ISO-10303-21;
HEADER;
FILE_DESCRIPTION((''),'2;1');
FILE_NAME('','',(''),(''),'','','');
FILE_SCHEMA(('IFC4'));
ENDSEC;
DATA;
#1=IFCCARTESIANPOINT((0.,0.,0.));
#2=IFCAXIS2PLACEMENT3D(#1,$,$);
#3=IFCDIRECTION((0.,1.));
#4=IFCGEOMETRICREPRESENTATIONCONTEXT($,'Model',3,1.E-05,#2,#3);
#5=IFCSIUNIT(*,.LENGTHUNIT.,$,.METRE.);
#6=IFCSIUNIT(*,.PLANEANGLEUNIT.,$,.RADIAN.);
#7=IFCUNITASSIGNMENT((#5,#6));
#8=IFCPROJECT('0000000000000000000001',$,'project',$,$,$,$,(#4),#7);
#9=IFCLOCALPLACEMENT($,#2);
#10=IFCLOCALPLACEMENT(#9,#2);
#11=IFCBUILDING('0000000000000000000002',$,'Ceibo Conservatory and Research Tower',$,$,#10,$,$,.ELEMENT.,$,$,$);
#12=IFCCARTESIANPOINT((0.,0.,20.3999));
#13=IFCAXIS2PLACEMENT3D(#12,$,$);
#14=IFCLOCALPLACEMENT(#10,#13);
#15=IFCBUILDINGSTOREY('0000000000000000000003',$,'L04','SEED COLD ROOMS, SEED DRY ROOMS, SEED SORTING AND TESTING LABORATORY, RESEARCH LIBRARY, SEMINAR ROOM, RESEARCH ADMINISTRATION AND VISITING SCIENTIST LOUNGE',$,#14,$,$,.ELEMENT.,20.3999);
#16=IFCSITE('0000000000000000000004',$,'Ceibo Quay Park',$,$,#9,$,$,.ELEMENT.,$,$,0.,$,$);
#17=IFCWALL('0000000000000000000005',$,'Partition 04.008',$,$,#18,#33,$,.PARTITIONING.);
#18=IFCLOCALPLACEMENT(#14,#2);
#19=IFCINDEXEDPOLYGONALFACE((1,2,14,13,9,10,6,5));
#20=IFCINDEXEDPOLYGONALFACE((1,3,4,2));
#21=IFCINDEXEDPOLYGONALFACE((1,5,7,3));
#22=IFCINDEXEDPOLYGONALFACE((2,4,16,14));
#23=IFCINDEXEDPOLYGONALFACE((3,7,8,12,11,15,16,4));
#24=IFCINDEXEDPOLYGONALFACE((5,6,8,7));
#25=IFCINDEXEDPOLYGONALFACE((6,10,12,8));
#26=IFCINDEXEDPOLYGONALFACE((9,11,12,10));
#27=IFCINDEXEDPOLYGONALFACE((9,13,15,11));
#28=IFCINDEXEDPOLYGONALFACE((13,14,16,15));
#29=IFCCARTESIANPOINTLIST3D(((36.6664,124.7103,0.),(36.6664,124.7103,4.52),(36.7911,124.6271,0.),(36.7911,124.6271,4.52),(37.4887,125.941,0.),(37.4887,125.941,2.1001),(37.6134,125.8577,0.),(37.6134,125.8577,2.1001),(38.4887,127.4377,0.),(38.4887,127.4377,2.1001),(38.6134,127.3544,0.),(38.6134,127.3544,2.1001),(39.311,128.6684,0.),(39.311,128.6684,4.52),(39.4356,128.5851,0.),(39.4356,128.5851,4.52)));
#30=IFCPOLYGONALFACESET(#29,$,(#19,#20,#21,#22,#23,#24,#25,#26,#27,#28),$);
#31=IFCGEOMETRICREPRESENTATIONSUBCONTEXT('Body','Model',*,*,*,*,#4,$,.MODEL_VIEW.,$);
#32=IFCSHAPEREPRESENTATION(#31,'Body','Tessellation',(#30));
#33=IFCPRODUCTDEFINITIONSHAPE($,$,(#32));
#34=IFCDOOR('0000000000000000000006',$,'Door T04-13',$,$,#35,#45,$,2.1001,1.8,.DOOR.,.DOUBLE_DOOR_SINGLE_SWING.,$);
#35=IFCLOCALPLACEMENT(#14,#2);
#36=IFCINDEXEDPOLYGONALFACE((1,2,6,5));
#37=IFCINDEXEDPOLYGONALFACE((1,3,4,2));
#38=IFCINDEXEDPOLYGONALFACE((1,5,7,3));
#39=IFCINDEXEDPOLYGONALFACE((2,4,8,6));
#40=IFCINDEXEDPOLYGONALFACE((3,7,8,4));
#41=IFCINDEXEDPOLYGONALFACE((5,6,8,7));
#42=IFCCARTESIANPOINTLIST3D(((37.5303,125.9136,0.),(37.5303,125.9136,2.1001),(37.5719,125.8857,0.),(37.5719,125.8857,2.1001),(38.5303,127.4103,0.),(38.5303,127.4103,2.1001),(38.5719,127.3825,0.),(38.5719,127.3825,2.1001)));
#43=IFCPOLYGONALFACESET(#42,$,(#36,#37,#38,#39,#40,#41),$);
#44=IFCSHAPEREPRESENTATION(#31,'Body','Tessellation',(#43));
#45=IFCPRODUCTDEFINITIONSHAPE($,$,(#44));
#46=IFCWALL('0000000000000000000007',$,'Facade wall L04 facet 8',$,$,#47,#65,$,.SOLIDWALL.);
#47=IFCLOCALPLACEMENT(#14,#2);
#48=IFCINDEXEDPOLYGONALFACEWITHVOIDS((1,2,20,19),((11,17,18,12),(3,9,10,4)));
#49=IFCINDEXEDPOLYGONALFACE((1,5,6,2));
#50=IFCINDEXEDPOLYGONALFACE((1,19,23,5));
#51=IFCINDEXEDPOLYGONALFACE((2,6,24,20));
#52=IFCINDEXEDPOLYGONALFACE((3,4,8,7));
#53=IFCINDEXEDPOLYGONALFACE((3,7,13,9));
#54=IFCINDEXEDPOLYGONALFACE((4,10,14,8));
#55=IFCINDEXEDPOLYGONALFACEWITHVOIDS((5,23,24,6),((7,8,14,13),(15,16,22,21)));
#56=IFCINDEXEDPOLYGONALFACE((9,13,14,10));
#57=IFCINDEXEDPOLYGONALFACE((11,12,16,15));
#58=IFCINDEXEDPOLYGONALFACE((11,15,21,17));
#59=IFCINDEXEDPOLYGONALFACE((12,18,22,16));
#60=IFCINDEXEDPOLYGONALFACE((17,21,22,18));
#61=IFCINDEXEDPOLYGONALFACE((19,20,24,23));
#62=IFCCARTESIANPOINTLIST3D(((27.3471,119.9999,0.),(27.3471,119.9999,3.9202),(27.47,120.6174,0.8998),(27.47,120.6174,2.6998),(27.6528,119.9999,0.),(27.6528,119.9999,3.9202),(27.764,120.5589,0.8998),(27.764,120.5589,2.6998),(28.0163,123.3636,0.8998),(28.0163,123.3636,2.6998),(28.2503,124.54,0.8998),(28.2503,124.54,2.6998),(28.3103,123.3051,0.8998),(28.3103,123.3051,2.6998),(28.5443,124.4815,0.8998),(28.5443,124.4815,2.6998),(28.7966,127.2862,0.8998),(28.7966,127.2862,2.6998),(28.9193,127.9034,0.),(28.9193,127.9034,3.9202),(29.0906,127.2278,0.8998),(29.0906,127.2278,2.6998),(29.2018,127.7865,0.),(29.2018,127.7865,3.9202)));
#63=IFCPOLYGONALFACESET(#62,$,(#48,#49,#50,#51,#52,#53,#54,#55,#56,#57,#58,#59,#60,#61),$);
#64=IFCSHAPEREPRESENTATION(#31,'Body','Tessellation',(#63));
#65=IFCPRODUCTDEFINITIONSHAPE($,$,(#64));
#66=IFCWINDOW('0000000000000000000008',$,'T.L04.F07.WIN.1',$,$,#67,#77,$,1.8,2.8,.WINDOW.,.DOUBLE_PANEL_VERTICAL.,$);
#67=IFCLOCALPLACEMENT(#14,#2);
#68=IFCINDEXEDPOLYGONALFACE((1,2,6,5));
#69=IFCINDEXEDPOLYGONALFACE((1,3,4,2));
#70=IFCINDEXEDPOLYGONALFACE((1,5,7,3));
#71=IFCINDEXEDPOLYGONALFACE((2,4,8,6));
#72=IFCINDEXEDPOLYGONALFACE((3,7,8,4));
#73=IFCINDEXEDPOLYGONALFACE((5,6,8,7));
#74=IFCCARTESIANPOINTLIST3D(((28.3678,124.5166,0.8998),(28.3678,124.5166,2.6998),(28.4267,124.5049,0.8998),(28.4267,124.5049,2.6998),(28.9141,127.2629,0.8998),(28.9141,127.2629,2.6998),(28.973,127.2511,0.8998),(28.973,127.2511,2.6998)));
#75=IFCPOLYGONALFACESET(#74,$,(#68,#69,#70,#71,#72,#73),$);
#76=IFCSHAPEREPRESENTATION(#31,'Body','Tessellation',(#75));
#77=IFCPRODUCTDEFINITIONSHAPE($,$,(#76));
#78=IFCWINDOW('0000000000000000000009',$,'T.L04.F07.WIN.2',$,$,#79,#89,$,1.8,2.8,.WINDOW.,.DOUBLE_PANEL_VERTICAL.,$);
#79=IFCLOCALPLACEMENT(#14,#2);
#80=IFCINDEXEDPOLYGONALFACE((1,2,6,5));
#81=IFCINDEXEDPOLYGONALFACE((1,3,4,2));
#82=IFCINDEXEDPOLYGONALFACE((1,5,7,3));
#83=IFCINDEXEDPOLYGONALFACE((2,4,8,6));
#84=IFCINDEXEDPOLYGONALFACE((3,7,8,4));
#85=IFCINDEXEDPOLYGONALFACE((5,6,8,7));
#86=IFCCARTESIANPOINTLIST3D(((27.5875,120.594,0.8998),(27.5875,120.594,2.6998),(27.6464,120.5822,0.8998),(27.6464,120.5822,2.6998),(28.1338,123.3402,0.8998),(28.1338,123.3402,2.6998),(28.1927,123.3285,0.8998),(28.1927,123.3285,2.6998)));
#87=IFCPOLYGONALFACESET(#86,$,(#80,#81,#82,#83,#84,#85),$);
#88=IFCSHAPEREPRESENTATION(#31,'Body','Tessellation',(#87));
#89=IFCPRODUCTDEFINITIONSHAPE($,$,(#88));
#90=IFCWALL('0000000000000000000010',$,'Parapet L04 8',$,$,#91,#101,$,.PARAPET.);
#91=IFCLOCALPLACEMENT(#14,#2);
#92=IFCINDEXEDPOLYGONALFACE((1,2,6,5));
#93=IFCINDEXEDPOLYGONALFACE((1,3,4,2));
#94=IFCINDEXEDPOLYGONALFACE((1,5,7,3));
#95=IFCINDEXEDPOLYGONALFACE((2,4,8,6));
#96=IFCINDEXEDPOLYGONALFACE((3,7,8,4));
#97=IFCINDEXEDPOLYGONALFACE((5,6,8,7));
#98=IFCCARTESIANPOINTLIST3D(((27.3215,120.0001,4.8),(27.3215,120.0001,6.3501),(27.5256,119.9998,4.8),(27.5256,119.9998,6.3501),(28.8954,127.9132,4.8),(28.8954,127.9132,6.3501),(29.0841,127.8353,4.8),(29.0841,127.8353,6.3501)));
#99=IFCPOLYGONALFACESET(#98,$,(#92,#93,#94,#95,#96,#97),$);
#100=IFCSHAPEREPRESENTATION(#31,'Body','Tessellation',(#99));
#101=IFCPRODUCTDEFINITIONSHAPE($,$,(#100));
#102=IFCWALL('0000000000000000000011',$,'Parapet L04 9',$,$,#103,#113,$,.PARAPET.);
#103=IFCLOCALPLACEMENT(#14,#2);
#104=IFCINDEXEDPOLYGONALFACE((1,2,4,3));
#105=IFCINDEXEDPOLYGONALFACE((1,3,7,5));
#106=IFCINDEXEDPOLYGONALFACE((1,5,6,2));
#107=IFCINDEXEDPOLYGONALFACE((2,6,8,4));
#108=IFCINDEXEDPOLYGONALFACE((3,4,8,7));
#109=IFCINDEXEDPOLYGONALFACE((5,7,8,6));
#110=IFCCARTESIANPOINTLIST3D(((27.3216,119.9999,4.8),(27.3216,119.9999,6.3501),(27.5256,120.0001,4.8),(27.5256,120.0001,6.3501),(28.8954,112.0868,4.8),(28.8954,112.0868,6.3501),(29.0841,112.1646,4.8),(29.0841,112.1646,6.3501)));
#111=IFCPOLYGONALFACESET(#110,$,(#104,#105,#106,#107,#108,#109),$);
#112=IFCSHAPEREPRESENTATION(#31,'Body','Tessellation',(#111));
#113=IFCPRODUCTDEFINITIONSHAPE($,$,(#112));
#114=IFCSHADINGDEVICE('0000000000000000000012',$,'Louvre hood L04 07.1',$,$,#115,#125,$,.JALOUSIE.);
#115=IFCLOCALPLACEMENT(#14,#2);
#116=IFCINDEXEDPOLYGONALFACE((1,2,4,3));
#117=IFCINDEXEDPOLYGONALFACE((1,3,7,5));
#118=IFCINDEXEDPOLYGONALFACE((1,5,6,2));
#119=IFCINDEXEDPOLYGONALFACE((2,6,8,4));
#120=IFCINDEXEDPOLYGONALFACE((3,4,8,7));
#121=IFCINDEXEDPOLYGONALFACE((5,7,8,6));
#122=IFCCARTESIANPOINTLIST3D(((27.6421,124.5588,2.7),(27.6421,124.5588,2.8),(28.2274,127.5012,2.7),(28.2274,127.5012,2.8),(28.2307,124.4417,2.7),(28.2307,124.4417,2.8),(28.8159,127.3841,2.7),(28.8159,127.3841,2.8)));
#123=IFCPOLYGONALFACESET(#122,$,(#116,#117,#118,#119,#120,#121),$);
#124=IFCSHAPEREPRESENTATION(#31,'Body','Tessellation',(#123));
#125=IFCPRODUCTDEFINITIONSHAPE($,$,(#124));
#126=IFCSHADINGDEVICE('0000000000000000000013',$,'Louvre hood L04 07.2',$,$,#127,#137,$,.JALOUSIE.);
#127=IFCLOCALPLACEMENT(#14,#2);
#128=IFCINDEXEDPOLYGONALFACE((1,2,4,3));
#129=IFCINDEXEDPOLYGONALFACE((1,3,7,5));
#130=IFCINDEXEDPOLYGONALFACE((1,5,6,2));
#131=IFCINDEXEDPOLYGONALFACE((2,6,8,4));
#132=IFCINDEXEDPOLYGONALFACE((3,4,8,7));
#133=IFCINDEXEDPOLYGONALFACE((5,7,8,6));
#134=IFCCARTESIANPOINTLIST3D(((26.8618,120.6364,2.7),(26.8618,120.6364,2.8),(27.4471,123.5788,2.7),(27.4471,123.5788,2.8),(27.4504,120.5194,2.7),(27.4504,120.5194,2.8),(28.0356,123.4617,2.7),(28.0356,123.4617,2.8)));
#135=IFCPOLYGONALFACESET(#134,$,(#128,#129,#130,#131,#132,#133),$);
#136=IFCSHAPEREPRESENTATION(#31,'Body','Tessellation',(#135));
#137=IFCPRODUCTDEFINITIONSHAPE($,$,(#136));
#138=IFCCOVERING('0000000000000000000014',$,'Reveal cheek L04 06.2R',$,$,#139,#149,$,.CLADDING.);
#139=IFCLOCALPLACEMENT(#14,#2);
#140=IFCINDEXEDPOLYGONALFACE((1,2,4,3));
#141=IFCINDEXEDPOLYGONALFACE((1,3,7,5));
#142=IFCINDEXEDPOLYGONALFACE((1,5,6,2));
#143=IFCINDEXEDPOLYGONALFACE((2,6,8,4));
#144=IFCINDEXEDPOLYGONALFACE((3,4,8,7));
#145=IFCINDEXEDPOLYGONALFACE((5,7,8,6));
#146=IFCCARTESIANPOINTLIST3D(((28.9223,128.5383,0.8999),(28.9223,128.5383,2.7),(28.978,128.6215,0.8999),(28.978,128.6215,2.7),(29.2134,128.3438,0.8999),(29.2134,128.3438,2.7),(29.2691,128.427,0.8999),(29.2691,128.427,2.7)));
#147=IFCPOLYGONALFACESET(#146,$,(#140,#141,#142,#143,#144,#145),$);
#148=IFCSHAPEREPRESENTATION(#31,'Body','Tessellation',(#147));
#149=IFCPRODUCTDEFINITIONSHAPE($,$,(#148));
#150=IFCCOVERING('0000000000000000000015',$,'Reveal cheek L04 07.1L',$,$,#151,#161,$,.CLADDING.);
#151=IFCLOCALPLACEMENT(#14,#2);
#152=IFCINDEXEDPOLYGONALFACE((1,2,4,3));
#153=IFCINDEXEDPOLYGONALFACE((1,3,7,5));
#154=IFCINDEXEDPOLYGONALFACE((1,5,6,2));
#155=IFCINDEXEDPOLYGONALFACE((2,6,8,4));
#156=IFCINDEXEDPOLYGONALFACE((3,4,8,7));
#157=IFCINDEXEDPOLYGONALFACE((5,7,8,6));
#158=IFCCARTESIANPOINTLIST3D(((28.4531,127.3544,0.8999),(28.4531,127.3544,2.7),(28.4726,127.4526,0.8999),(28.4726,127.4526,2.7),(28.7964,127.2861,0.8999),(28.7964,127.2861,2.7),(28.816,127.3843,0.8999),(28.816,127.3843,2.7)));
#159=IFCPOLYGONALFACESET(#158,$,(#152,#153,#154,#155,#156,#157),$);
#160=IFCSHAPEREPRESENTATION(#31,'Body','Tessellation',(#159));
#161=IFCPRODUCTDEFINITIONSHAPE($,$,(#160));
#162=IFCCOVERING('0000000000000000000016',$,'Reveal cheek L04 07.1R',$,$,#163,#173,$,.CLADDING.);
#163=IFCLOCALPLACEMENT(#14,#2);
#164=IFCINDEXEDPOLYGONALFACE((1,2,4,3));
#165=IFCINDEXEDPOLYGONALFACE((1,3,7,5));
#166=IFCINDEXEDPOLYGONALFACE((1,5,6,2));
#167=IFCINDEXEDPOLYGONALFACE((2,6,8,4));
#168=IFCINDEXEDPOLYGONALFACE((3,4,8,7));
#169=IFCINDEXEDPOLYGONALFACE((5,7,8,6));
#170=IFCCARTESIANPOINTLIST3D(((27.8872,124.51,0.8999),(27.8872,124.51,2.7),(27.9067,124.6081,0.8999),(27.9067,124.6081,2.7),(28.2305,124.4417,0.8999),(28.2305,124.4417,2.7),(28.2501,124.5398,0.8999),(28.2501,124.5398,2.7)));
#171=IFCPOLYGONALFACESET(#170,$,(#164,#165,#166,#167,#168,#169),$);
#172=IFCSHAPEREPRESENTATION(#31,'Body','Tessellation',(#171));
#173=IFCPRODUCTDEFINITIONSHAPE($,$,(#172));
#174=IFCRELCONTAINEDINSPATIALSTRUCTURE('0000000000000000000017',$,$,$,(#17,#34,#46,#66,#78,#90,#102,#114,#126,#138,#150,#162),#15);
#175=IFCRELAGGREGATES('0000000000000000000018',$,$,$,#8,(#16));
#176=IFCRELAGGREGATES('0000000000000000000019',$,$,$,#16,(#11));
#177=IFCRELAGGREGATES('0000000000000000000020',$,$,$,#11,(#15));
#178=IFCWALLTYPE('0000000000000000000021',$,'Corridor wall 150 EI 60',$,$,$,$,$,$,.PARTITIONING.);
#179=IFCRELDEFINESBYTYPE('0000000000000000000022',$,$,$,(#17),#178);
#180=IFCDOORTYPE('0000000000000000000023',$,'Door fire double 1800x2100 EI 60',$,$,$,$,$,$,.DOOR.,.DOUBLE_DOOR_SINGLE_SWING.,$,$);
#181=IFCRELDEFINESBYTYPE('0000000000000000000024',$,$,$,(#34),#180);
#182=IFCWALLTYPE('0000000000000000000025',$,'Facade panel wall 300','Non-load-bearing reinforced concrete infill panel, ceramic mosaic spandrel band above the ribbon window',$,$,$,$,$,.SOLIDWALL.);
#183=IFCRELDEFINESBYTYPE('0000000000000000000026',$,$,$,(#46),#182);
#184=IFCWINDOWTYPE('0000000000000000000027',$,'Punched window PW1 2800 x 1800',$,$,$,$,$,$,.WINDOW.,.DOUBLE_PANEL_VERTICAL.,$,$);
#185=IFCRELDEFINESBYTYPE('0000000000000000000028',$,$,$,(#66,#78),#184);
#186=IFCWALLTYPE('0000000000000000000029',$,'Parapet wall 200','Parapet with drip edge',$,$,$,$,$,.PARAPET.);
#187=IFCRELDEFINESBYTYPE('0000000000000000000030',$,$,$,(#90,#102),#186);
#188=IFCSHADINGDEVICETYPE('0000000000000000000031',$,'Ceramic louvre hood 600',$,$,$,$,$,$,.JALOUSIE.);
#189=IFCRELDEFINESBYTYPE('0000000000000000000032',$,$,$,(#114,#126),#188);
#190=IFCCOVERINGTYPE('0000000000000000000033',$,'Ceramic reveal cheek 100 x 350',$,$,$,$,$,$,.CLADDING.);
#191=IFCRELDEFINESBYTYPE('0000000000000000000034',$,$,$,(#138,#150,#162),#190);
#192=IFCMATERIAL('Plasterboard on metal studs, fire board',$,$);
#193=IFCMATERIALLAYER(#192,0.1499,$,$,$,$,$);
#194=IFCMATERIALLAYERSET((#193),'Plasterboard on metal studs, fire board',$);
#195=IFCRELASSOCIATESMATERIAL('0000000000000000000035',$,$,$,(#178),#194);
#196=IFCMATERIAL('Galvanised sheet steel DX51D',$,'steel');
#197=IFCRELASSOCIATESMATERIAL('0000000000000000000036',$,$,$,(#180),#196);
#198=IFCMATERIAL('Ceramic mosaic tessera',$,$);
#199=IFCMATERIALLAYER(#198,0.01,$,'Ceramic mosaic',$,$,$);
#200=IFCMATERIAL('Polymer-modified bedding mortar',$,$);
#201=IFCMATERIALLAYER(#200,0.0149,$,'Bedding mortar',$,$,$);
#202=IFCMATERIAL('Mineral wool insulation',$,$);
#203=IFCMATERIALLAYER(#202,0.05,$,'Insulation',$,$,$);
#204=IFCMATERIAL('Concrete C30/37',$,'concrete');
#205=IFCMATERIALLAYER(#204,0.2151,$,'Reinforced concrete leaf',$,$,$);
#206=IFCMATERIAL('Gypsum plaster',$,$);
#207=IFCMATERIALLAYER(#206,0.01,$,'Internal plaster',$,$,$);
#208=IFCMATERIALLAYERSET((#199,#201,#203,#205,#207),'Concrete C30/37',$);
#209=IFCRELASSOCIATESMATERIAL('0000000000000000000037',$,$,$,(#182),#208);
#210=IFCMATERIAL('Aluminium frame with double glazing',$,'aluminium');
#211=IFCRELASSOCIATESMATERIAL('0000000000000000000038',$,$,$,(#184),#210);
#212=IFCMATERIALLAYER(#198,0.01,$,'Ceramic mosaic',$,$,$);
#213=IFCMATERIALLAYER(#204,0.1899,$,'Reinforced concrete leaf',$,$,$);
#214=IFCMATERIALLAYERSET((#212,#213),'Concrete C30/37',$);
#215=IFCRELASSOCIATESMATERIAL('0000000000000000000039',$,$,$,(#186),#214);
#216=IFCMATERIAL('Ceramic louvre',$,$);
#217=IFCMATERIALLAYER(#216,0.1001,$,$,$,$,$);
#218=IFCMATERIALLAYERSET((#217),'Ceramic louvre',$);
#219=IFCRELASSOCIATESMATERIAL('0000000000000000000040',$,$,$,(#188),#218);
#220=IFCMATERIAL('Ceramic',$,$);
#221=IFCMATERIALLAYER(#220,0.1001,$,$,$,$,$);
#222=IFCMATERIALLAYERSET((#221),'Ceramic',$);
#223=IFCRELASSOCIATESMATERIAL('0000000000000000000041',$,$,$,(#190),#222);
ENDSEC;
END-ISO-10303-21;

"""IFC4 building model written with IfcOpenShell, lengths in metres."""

from ifc_helpers import new_model, si_unit, direction, frame, frame_2d, origin, origin_2d, place, context, subcontext, project, spatial, polyline, rectangle, outline, extrude, material, layer, layer_set, type_object, element, fill, save


model = new_model("IFC4")

# Units and contexts
model_context = context("Model", 3, precision=1e-05, world=origin(), true_north=direction((0.0, 1.0)))
body_context = subcontext(model_context, "Body", "Model", "MODEL_VIEW")
ifc_project = project(units=[si_unit("LENGTHUNIT", "METRE"), si_unit("PLANEANGLEUNIT", "RADIAN")], contexts=[model_context])

# Site, building, storey
site_placement = place(None, origin())
site = spatial("IfcSite", under=ifc_project, at=site_placement, Name="Ceibo Quay Park", CompositionType="ELEMENT", RefElevation=0.0)
building_placement = place(site_placement, origin())
building = spatial("IfcBuilding", under=site, at=building_placement, Name="Ceibo Conservatory and Research Tower", CompositionType="ELEMENT")
storey_placement = place(building_placement, frame((0.0, 0.0, 20.3999)))
storey = spatial("IfcBuildingStorey", under=building, at=storey_placement, Name="L04", Description="SEED COLD ROOMS, SEED DRY ROOMS, SEED SORTING AND TESTING LABORATORY, RESEARCH LIBRARY, SEMINAR ROOM, RESEARCH ADMINISTRATION AND VISITING SCIENTIST LOUNGE", CompositionType="ELEMENT", Elevation=20.3999)

# Shared definitions
ifc_material_1 = material(Name="Galvanised sheet steel DX51D", Category="steel")

# Shared definitions
ifc_material_2 = material(Name="Plasterboard on metal studs, fire board")
ifc_layer_1 = layer(ifc_material_2, 0.1499)
ifc_layer_set_1 = layer_set([ifc_layer_1], Name="Plasterboard on metal studs, fire board")
wall_type_1 = type_object("IfcWallType", Name="Corridor wall 150 EI 60", PredefinedType="PARTITIONING", material=ifc_layer_set_1)

# Wall, opening, door
wall_1_placement = place(storey_placement, frame((36.7288, 124.6687, 0.0), z_axis=(0.0, 0.0, 1.0), x_axis=(0.555552, 0.831482, 0.0)))
wall_1 = element("IfcWall", 1, at=wall_1_placement, inside=storey, type_object=wall_type_1, Name="Partition 04.008", PredefinedType="PARTITIONING", context=body_context, shape_type="SweptSolid", body=[
    extrude(rectangle(XDim=4.7603, YDim=0.1499, at=frame_2d((2.3801, 0.0))), origin(), (0.0, 0.0, 1.0), 4.52),
])
opening_1_placement = place(wall_1_placement, frame((1.4802, 0.0, 0.0)))
opening_1 = element("IfcOpeningElement", 2, at=opening_1_placement, cuts=wall_1, PredefinedType="OPENING", context=body_context, shape_type="SweptSolid", body=[
    extrude(rectangle(XDim=1.8, YDim=2.1001, at=frame_2d((0.8999, 1.05))), frame((0.0, 0.085, 0.0), z_axis=(0.0, -1.0, 0.0), x_axis=(1.0, 0.0, 0.0)), (0.0, 0.0, 1.0), 0.1699),
])
door_type_1 = type_object("IfcDoorType", Name="Door fire double 1800x2100 EI 60", OperationType="DOUBLE_DOOR_SINGLE_SWING", PredefinedType="DOOR", material=ifc_material_1)
door_1_placement = place(opening_1_placement, frame((1.8, 0.0, 0.0), z_axis=(0.0, 0.0, 1.0), x_axis=(-1.0, 0.0, 0.0)))
door_1 = element("IfcDoor", 3, at=door_1_placement, inside=storey, type_object=door_type_1, Name="Door T04-13", OperationType="DOUBLE_DOOR_SINGLE_SWING", OverallHeight=2.1001, OverallWidth=1.8, PredefinedType="DOOR", context=body_context, shape_type="SweptSolid", body=[
    extrude(rectangle(XDim=1.8, YDim=2.1001, at=frame_2d((0.8999, 1.05))), frame((0.0, 0.0249, 0.0), z_axis=(0.0, -1.0, 0.0), x_axis=(1.0, 0.0, 0.0)), (0.0, 0.0, 1.0), 0.05),
])
fill(opening_1, door_1)

# Wall, openings, windows
ifc_material_3 = material(Name="Ceramic mosaic tessera")
ifc_layer_2 = layer(ifc_material_3, 0.01, Name="Ceramic mosaic")
ifc_material_4 = material(Name="Polymer-modified bedding mortar")
ifc_layer_3 = layer(ifc_material_4, 0.0149, Name="Bedding mortar")
ifc_material_5 = material(Name="Mineral wool insulation")
ifc_layer_4 = layer(ifc_material_5, 0.05, Name="Insulation")
ifc_material_6 = material(Name="Concrete C30/37", Category="concrete")
ifc_layer_5 = layer(ifc_material_6, 0.2151, Name="Reinforced concrete leaf")
ifc_material_7 = material(Name="Gypsum plaster")
ifc_layer_6 = layer(ifc_material_7, 0.01, Name="Internal plaster")
ifc_layer_set_2 = layer_set([ifc_layer_2, ifc_layer_3, ifc_layer_4, ifc_layer_5, ifc_layer_6], Name="Concrete C30/37")
wall_type_2 = type_object("IfcWallType", Name="Facade panel wall 300", Description="Non-load-bearing reinforced concrete infill panel, ceramic mosaic spandrel band above the ribbon window", PredefinedType="SOLIDWALL", material=ifc_layer_set_2)
wall_2_placement = place(storey_placement, frame((29.0605, 127.845, 0.0), z_axis=(0.0, 0.0, 1.0), x_axis=(-0.195101, -0.980783, 0.0)))
wall_2 = element("IfcWall", 4, at=wall_2_placement, inside=storey, type_object=wall_type_2, Name="Facade wall L04 facet 8", PredefinedType="SOLIDWALL", context=body_context, shape_type="SweptSolid", body=[
    extrude(outline(polyline([(-0.0298, -0.1499), (8.0286, -0.1499), (7.969, 0.1499), (0.0298, 0.1499), (-0.0298, -0.1499)])), origin(), (0.0, 0.0, 1.0), 3.9202),
])
opening_2_placement = place(wall_2_placement, frame((0.5996, 0.0, 0.8999)))
opening_2 = element("IfcOpeningElement", 5, at=opening_2_placement, cuts=wall_2, PredefinedType="OPENING", context=body_context, shape_type="SweptSolid", body=[
    extrude(rectangle(XDim=2.8, YDim=1.8, at=frame_2d((1.3999, 0.8999))), frame((0.0, 0.1599, 0.0), z_axis=(0.0, -1.0, 0.0), x_axis=(1.0, 0.0, 0.0)), (0.0, 0.0, 1.0), 0.3201),
])
opening_3_placement = place(wall_2_placement, frame((4.5991, 0.0, 0.8999)))
opening_3 = element("IfcOpeningElement", 6, at=opening_3_placement, cuts=wall_2, PredefinedType="OPENING", context=body_context, shape_type="SweptSolid", body=[
    extrude(rectangle(XDim=2.8, YDim=1.8, at=frame_2d((1.3999, 0.8999))), frame((0.0, 0.1599, 0.0), z_axis=(0.0, -1.0, 0.0), x_axis=(1.0, 0.0, 0.0)), (0.0, 0.0, 1.0), 0.3201),
])
ifc_material_8 = material(Name="Aluminium frame with double glazing", Category="aluminium")
window_type = type_object("IfcWindowType", Name="Punched window PW1 2800 x 1800", PartitioningType="DOUBLE_PANEL_VERTICAL", PredefinedType="WINDOW", material=ifc_material_8)
window_1_placement = place(opening_2_placement, origin())
window_1 = element("IfcWindow", 7, at=window_1_placement, inside=storey, type_object=window_type, Name="T.L04.F07.WIN.1", OverallHeight=1.8, OverallWidth=2.8, PartitioningType="DOUBLE_PANEL_VERTICAL", PredefinedType="WINDOW", context=body_context, shape_type="SweptSolid", body=[
    extrude(rectangle(XDim=2.8, YDim=1.8, at=frame_2d((1.3999, 0.8999))), frame((0.0, 0.03, 0.0), z_axis=(0.0, -1.0, 0.0), x_axis=(1.0, 0.0, 0.0)), (0.0, 0.0, 1.0), 0.0601),
])
fill(opening_2, window_1)
window_2_placement = place(opening_3_placement, origin())
window_2 = element("IfcWindow", 8, at=window_2_placement, inside=storey, type_object=window_type, Name="T.L04.F07.WIN.2", OverallHeight=1.8, OverallWidth=2.8, PartitioningType="DOUBLE_PANEL_VERTICAL", PredefinedType="WINDOW", context=body_context, shape_type="SweptSolid", body=[
    extrude(rectangle(XDim=2.8, YDim=1.8, at=frame_2d((1.3999, 0.8999))), frame((0.0, 0.03, 0.0), z_axis=(0.0, -1.0, 0.0), x_axis=(1.0, 0.0, 0.0)), (0.0, 0.0, 1.0), 0.0601),
])
fill(opening_3, window_2)

# Walls
ifc_layer_7 = layer(ifc_material_3, 0.01, Name="Ceramic mosaic")
ifc_layer_8 = layer(ifc_material_6, 0.1899, Name="Reinforced concrete leaf")
ifc_layer_set_3 = layer_set([ifc_layer_7, ifc_layer_8], Name="Concrete C30/37")
wall_type_3 = type_object("IfcWallType", Name="Parapet wall 200", Description="Parapet with drip edge", PredefinedType="PARAPET", material=ifc_layer_set_3)
for number, where, z_axis, x_axis, name in (
    (9, (28.9897, 127.8743, 4.8), (0.0, 0.0, 1.0), (-0.195075, -0.980788, 0.0), "Parapet L04 8"),
    (10, (27.4236, 120.0, 4.8), (0.0, 0.0, 1.0), (0.195075, -0.980788, 0.0), "Parapet L04 9"),
):
    element("IfcWall", number, at=place(storey_placement, frame(where, z_axis=z_axis, x_axis=x_axis)), inside=storey, type_object=wall_type_3, Name=name, PredefinedType="PARAPET", context=body_context, shape_type="SweptSolid", body=[
        extrude(outline(polyline([(-0.0198, -0.1001), (8.0483, -0.1001), (8.0088, 0.1001), (0.0198, 0.1001), (-0.0198, -0.1001)])), origin(), (0.0, 0.0, 1.0), 1.55),
    ])

# Shading devices
ifc_material_9 = material(Name="Ceramic louvre")
ifc_layer_9 = layer(ifc_material_9, 0.1001)
ifc_layer_set_4 = layer_set([ifc_layer_9], Name="Ceramic louvre")
shading_device_type = type_object("IfcShadingDeviceType", Name="Ceramic louvre hood 600", PredefinedType="JALOUSIE", material=ifc_layer_set_4)
for number, where, z_axis, x_axis, name in (
    (11, (28.229, 125.9714, 2.7), (0.0, 0.0, 1.0), (-0.19509, -0.980785, 0.0), "Louvre hood L04 07.1"),
    (12, (27.4487, 122.0491, 2.7), (0.0, 0.0, 1.0), (-0.19509, -0.980785, 0.0), "Louvre hood L04 07.2"),
):
    element("IfcShadingDevice", number, at=place(storey_placement, frame(where, z_axis=z_axis, x_axis=x_axis)), inside=storey, type_object=shading_device_type, Name=name, PredefinedType="JALOUSIE", context=body_context, shape_type="SweptSolid", body=[
        extrude(rectangle(XDim=3.0, YDim=0.6001, at=origin_2d()), origin(), (0.0, 0.0, 1.0), 0.1001),
    ])

# Coverings
ifc_material_10 = material(Name="Ceramic")
ifc_layer_10 = layer(ifc_material_10, 0.1001)
ifc_layer_set_5 = layer_set([ifc_layer_10], Name="Ceramic")
covering_type_1 = type_object("IfcCoveringType", Name="Ceramic reveal cheek 100 x 350", PredefinedType="CLADDING", material=ifc_layer_set_5)
for number, where, z_axis, x_axis, name in (
    (13, (29.0957, 128.4827, 0.8999), (0.0, 0.0, 1.0), (-0.55557, -0.83147, 0.0), "Reveal cheek L04 06.2R"),
    (14, (28.6345, 127.3694, 0.8999), (0.0, 0.0, 1.0), (-0.19509, -0.980785, 0.0), "Reveal cheek L04 07.1L"),
    (15, (28.0686, 124.5249, 0.8999), (0.0, 0.0, 1.0), (-0.19509, -0.980785, 0.0), "Reveal cheek L04 07.1R"),
):
    element("IfcCovering", number, at=place(storey_placement, frame(where, z_axis=z_axis, x_axis=x_axis)), inside=storey, type_object=covering_type_1, Name=name, PredefinedType="CLADDING", context=body_context, shape_type="SweptSolid", body=[
        extrude(rectangle(XDim=0.1001, YDim=0.3501, at=origin_2d()), origin(), (0.0, 0.0, 1.0), 1.8),
    ])

save(model, "model.ifc")
